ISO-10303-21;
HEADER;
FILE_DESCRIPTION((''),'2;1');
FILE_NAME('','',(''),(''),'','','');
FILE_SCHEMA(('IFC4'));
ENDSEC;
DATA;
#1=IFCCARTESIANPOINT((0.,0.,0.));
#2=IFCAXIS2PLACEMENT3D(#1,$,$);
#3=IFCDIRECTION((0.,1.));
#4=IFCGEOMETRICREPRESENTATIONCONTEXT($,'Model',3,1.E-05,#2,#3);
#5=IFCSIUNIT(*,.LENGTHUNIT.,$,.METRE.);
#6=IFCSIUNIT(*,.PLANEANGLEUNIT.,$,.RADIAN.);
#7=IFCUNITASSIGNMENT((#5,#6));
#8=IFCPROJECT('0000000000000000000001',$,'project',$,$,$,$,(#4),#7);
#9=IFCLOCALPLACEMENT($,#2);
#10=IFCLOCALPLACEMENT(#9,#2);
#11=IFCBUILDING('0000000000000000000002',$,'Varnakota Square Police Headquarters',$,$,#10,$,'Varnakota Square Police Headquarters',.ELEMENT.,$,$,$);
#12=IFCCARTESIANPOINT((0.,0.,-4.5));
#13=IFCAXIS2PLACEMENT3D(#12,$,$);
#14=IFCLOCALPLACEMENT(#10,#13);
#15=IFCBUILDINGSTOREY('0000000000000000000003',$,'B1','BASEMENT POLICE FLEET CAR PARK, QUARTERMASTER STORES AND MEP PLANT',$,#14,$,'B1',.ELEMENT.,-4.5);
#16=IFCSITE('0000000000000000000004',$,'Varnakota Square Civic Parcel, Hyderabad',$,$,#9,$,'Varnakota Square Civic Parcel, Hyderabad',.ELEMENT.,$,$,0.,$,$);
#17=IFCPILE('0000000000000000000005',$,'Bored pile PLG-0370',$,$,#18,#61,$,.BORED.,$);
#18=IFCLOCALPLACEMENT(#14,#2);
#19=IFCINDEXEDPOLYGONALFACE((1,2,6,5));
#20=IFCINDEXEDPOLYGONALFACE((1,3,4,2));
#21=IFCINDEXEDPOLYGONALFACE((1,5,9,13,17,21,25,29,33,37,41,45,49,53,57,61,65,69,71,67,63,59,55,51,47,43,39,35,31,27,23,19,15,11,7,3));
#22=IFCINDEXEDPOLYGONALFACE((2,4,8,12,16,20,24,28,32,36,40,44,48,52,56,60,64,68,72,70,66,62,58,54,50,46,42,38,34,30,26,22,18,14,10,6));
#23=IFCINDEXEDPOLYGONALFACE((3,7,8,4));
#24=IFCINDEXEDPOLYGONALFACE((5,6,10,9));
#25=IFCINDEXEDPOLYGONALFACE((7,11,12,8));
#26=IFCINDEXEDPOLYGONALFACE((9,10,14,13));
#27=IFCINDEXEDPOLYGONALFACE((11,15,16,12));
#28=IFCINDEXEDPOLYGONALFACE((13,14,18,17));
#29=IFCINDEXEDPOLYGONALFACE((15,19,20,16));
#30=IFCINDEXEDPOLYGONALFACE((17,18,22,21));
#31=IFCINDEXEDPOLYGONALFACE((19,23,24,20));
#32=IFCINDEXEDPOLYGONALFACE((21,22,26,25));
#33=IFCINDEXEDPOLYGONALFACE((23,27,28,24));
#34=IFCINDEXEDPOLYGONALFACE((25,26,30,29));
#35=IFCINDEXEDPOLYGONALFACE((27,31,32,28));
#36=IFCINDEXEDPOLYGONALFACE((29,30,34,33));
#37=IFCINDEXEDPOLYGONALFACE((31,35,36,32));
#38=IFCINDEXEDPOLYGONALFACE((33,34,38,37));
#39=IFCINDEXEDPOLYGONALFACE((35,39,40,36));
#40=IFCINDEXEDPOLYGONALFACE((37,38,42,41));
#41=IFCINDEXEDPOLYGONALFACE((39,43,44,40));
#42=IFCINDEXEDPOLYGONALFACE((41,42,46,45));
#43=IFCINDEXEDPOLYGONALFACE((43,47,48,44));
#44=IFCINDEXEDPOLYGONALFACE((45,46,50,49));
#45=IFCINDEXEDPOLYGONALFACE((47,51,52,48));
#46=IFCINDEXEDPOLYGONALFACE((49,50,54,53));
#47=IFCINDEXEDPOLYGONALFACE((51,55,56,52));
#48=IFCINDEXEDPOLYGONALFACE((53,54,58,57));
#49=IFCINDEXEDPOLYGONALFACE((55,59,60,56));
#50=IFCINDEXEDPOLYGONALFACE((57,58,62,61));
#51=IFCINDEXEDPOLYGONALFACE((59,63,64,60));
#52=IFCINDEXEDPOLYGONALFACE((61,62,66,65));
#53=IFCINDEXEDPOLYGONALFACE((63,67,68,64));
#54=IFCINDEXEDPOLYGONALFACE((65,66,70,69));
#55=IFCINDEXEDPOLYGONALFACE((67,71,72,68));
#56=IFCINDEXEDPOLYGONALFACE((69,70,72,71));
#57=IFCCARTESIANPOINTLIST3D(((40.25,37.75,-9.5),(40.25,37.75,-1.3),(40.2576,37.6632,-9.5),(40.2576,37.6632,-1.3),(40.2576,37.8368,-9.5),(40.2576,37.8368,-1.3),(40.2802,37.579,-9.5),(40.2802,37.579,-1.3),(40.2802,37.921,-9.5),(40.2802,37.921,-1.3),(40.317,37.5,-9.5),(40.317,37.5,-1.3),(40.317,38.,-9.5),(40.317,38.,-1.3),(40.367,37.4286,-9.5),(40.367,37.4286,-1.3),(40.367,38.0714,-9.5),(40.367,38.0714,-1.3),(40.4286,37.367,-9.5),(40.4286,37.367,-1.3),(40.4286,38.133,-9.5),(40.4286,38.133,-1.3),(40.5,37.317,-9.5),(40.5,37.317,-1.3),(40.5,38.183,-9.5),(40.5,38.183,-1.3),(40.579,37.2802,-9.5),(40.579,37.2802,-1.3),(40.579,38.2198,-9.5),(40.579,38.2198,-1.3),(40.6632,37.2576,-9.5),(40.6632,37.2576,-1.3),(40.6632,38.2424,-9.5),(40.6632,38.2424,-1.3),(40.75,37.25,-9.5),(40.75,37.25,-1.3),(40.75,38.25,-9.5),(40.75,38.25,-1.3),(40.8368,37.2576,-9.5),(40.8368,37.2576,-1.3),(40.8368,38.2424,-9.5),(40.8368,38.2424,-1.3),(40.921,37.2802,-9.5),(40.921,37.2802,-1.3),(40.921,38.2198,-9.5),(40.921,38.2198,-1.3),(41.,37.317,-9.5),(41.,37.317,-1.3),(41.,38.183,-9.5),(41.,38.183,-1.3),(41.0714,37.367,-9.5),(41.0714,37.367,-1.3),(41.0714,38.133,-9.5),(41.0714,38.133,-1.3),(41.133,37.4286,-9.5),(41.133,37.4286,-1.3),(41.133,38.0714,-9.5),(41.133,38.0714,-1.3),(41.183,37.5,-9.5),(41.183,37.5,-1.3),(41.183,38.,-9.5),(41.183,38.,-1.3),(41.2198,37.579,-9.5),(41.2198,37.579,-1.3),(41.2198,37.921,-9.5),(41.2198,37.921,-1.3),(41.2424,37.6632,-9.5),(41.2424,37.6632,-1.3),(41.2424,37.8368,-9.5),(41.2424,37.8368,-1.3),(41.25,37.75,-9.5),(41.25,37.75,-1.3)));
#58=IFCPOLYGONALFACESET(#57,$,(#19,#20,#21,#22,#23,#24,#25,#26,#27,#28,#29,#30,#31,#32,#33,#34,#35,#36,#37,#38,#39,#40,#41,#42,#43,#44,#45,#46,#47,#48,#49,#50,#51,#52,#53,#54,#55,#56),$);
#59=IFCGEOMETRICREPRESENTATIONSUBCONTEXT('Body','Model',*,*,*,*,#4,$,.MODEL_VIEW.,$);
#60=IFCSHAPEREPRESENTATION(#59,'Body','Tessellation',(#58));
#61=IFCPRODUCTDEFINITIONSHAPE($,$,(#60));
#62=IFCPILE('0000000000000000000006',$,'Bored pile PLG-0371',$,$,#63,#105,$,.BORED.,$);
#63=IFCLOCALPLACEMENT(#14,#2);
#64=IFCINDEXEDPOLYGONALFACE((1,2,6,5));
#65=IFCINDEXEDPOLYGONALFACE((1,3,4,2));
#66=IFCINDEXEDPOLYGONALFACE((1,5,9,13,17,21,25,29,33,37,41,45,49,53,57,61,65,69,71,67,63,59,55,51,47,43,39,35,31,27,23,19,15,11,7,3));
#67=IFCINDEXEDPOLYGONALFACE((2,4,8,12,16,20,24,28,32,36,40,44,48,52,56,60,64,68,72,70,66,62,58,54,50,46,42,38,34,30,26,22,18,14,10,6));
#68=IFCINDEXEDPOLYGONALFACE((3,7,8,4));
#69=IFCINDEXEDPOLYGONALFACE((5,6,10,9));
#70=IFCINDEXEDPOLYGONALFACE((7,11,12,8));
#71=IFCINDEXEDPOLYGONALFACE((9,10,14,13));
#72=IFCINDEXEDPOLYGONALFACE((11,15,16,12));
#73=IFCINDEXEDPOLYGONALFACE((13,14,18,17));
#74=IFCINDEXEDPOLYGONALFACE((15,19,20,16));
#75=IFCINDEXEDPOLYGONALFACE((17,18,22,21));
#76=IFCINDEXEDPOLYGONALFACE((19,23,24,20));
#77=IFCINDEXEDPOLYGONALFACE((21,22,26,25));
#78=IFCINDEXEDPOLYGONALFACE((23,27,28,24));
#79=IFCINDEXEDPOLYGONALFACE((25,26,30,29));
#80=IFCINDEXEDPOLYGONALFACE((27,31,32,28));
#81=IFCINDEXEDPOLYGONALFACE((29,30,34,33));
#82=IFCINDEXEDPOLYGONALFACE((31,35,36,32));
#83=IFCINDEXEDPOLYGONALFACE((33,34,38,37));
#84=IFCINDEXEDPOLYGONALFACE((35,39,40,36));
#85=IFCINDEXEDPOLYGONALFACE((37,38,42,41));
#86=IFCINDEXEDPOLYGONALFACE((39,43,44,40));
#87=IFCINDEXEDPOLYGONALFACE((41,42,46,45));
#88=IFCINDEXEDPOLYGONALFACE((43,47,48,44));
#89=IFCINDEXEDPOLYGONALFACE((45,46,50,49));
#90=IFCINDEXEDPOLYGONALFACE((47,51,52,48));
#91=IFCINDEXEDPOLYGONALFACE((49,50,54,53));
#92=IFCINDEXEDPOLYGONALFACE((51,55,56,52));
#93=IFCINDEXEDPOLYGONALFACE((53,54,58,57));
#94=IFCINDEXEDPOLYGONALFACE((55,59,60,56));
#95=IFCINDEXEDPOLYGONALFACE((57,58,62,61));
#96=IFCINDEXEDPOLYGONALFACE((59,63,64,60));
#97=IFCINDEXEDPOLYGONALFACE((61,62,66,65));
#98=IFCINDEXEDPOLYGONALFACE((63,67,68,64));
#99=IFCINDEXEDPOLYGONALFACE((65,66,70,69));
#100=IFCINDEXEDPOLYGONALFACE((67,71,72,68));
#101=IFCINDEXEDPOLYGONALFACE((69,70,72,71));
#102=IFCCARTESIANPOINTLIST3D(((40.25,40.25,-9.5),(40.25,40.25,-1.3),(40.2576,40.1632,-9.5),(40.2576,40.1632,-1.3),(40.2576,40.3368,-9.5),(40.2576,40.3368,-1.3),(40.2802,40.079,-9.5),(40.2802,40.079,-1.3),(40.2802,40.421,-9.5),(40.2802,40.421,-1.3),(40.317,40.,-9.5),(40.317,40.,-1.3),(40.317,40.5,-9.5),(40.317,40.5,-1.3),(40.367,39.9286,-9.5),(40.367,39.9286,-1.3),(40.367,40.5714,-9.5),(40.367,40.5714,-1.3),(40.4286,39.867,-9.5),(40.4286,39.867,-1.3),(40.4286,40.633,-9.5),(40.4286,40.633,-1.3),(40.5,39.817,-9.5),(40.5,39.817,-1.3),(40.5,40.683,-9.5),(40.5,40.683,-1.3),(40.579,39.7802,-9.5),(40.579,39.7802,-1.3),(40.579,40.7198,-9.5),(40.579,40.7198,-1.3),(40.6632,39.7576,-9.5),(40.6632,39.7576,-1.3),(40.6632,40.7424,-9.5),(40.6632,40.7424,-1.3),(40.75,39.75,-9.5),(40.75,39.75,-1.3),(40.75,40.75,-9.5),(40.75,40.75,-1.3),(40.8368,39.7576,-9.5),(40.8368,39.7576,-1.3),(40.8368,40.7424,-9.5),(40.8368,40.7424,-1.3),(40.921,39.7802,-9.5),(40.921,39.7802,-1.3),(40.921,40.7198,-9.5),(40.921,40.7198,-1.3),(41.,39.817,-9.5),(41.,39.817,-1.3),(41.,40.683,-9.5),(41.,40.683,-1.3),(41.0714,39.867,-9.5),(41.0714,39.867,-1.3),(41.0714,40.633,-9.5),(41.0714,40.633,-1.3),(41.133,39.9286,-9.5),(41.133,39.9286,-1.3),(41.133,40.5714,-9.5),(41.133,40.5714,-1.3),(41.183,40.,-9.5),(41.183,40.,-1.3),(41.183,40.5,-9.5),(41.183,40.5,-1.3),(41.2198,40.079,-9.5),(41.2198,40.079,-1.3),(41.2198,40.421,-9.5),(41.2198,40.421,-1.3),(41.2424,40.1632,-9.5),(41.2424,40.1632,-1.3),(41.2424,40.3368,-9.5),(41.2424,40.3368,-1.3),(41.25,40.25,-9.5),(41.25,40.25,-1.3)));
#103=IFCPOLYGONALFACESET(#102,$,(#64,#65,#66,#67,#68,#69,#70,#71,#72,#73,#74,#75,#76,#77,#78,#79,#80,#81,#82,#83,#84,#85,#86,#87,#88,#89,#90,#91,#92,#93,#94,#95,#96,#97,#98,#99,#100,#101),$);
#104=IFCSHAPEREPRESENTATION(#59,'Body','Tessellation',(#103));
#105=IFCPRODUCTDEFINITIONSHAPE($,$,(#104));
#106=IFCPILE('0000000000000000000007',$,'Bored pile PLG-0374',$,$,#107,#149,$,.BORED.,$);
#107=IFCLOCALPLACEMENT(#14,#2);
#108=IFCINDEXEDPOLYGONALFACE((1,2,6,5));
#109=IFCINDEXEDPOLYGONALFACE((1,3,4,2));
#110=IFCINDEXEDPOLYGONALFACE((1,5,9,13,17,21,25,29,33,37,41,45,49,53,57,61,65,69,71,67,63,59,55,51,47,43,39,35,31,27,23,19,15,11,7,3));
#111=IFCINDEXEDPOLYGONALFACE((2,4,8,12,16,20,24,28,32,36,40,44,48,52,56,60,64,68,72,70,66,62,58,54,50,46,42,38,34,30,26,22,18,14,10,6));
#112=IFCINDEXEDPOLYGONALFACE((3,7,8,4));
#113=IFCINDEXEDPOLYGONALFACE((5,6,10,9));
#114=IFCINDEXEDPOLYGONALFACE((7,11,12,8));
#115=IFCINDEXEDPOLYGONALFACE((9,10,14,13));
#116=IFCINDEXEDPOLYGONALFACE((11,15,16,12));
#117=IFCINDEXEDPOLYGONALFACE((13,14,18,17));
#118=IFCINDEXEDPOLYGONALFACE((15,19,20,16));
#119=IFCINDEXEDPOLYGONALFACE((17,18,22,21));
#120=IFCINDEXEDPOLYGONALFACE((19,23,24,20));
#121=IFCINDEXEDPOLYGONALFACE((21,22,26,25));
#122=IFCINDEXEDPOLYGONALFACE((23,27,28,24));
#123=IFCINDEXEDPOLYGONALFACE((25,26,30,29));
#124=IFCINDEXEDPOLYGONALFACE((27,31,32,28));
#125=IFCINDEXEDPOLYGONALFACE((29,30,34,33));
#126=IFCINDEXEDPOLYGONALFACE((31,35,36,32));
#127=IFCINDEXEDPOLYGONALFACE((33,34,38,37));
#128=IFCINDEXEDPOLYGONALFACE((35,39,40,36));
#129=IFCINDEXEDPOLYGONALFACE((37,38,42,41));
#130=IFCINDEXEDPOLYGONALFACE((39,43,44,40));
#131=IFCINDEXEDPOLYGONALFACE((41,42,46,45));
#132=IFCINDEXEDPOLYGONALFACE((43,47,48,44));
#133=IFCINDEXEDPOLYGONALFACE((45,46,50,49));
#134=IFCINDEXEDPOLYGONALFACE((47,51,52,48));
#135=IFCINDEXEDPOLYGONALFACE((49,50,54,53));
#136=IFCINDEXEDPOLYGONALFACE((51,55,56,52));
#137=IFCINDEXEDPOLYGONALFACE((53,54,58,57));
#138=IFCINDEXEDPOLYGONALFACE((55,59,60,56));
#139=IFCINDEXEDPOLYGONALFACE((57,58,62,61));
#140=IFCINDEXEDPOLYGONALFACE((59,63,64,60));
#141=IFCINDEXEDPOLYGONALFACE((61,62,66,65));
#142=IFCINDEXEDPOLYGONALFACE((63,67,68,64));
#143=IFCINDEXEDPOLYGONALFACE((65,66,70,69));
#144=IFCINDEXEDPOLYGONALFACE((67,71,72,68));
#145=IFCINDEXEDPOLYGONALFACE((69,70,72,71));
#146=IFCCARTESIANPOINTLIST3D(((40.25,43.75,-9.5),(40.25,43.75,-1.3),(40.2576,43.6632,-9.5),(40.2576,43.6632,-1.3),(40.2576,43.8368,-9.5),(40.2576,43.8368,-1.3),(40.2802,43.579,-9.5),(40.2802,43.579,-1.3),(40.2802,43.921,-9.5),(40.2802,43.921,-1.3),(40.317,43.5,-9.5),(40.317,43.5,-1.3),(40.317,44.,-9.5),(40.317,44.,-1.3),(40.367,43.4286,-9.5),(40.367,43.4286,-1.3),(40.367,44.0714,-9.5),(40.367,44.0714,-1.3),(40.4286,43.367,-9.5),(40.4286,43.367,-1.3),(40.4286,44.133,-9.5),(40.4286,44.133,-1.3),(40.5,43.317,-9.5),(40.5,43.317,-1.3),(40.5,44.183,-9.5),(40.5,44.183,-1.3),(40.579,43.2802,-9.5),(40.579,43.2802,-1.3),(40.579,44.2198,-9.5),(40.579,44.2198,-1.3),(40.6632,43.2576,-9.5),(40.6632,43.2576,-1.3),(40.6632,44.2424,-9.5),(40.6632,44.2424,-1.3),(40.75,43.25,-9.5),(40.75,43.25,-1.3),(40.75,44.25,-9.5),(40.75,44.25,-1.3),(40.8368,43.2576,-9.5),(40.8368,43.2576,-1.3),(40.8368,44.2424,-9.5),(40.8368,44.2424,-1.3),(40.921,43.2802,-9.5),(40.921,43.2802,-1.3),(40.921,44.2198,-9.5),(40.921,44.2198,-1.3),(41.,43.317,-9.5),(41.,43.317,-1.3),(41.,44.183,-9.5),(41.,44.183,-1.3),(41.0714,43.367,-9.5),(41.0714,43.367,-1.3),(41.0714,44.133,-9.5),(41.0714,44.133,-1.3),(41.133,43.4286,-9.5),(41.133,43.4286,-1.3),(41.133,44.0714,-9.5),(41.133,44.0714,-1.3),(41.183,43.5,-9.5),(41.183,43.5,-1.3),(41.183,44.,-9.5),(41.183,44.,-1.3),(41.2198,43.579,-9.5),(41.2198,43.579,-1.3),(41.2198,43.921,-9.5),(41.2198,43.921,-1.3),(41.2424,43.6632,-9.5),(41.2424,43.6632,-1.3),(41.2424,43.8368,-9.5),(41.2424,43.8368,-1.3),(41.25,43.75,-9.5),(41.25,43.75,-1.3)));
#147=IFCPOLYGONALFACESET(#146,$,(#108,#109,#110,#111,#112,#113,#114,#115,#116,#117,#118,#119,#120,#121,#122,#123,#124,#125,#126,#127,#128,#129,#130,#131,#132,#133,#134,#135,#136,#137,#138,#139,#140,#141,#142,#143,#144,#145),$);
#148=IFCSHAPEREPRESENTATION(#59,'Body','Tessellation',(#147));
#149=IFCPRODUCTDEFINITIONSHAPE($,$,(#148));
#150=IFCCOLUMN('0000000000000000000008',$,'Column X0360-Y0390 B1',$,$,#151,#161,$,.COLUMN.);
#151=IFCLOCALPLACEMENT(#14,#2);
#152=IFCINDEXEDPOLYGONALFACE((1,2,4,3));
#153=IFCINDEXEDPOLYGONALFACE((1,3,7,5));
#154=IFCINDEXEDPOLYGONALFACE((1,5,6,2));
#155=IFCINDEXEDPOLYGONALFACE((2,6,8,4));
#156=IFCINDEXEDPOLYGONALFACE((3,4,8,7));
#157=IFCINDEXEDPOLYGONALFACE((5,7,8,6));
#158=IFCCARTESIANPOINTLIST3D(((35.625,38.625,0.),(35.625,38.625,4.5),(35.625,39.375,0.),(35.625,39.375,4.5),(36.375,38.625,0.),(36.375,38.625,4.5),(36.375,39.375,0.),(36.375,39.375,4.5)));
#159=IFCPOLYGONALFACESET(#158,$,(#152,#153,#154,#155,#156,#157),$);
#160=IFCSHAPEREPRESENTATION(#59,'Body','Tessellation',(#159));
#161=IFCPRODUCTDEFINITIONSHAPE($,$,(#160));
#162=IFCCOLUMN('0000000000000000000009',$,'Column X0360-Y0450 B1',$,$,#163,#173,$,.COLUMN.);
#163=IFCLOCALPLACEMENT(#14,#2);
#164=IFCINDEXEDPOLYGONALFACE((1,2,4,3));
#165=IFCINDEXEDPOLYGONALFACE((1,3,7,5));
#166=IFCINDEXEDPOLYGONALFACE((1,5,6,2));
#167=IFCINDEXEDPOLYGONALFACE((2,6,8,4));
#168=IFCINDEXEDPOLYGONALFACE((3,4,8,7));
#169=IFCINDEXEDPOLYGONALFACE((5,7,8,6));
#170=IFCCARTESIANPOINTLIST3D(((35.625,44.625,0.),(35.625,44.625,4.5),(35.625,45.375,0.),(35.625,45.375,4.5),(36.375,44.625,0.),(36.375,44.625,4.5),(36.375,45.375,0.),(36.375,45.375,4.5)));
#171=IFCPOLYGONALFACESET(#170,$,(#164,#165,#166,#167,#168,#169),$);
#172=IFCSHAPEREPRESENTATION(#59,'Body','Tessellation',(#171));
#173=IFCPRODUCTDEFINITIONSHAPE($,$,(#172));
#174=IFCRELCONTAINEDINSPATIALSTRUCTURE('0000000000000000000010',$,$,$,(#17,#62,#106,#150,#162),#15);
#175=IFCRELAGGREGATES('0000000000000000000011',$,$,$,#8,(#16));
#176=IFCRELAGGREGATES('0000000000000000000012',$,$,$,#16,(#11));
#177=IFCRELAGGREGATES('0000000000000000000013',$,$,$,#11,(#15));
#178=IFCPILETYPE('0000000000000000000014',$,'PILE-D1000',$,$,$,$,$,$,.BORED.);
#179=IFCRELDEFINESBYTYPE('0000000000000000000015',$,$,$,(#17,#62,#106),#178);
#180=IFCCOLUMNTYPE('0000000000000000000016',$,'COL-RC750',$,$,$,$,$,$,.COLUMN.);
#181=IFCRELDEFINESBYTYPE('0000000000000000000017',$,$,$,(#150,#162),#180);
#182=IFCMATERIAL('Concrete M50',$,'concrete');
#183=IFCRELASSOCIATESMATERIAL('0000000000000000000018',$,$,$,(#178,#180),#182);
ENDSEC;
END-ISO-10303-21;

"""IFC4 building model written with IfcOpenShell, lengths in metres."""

from ifc_helpers import new_model, si_unit, direction, frame, origin, origin_2d, place, context, subcontext, project, spatial, rectangle, circle, extrude, material, material_profile, profile_set, type_object, element, save


model = new_model("IFC4")

# Units and contexts
model_context = context("Model", 3, precision=1e-05, world=origin(), true_north=direction((0.0, 1.0)))
body_context = subcontext(model_context, "Body", "Model", "MODEL_VIEW")
ifc_project = project(units=[si_unit("LENGTHUNIT", "METRE"), si_unit("PLANEANGLEUNIT", "RADIAN")], contexts=[model_context])

# Site, building, storey
site_placement = place(None, origin())
site = spatial("IfcSite", under=ifc_project, at=site_placement, Name="Varnakota Square Civic Parcel, Hyderabad", LongName="Varnakota Square Civic Parcel, Hyderabad", CompositionType="ELEMENT", RefElevation=0.0)
building_placement = place(site_placement, origin())
building = spatial("IfcBuilding", under=site, at=building_placement, Name="Varnakota Square Police Headquarters", LongName="Varnakota Square Police Headquarters", CompositionType="ELEMENT")
storey_placement = place(building_placement, frame((0.0, 0.0, -4.5)))
storey = spatial("IfcBuildingStorey", under=building, at=storey_placement, Name="B1", Description="BASEMENT POLICE FLEET CAR PARK, QUARTERMASTER STORES AND MEP PLANT", LongName="B1", CompositionType="ELEMENT", Elevation=-4.5)

# Shared definitions
ifc_material_1 = material(Name="Concrete M50", Category="concrete")

# Piles
ifc_material_profile_1 = material_profile(ifc_material_1, circle(Radius=0.5, at=origin_2d()), Name="BORED PILE 1000")
ifc_profile_set_1 = profile_set([ifc_material_profile_1], Name="Concrete M50")
pile_type = type_object("IfcPileType", Name="PILE-D1000", PredefinedType="BORED", material=ifc_profile_set_1)
for number, where, z_axis, x_axis, name in (
    (1, (40.75, 37.75, -1.3), (0.0, 0.0, -1.0), (1.0, 0.0, 0.0), "Bored pile PLG-0370"),
    (2, (40.75, 40.25, -1.3), (0.0, 0.0, -1.0), (1.0, 0.0, 0.0), "Bored pile PLG-0371"),
    (3, (40.75, 43.75, -1.3), (0.0, 0.0, -1.0), (1.0, 0.0, 0.0), "Bored pile PLG-0374"),
):
    element("IfcPile", number, at=place(storey_placement, frame(where, z_axis=z_axis, x_axis=x_axis)), inside=storey, type_object=pile_type, Name=name, PredefinedType="BORED", context=body_context, shape_type="SweptSolid", body=[
        extrude(circle(Radius=0.5, at=origin_2d()), origin(), (0.0, 0.0, 1.0), 8.2),
    ])

# Columns
ifc_material_profile_2 = material_profile(ifc_material_1, rectangle(XDim=0.75, YDim=0.75, at=origin_2d()), Name="RC 750x750")
ifc_profile_set_2 = profile_set([ifc_material_profile_2], Name="Concrete M50")
column_type = type_object("IfcColumnType", Name="COL-RC750", PredefinedType="COLUMN", material=ifc_profile_set_2)
for number, where, z_axis, x_axis, name in (
    (4, (36.0, 39.0, 0.0), (0.0, 0.0, 1.0), (1.0, 0.0, 0.0), "Column X0360-Y0390 B1"),
    (5, (36.0, 45.0, 0.0), (0.0, 0.0, 1.0), (1.0, 0.0, 0.0), "Column X0360-Y0450 B1"),
):
    element("IfcColumn", number, at=place(storey_placement, frame(where, z_axis=z_axis, x_axis=x_axis)), inside=storey, type_object=column_type, Name=name, PredefinedType="COLUMN", context=body_context, shape_type="SweptSolid", body=[
        extrude(rectangle(XDim=0.75, YDim=0.75, at=origin_2d()), origin(), (0.0, 0.0, 1.0), 4.5),
    ])

save(model, "model.ifc")
